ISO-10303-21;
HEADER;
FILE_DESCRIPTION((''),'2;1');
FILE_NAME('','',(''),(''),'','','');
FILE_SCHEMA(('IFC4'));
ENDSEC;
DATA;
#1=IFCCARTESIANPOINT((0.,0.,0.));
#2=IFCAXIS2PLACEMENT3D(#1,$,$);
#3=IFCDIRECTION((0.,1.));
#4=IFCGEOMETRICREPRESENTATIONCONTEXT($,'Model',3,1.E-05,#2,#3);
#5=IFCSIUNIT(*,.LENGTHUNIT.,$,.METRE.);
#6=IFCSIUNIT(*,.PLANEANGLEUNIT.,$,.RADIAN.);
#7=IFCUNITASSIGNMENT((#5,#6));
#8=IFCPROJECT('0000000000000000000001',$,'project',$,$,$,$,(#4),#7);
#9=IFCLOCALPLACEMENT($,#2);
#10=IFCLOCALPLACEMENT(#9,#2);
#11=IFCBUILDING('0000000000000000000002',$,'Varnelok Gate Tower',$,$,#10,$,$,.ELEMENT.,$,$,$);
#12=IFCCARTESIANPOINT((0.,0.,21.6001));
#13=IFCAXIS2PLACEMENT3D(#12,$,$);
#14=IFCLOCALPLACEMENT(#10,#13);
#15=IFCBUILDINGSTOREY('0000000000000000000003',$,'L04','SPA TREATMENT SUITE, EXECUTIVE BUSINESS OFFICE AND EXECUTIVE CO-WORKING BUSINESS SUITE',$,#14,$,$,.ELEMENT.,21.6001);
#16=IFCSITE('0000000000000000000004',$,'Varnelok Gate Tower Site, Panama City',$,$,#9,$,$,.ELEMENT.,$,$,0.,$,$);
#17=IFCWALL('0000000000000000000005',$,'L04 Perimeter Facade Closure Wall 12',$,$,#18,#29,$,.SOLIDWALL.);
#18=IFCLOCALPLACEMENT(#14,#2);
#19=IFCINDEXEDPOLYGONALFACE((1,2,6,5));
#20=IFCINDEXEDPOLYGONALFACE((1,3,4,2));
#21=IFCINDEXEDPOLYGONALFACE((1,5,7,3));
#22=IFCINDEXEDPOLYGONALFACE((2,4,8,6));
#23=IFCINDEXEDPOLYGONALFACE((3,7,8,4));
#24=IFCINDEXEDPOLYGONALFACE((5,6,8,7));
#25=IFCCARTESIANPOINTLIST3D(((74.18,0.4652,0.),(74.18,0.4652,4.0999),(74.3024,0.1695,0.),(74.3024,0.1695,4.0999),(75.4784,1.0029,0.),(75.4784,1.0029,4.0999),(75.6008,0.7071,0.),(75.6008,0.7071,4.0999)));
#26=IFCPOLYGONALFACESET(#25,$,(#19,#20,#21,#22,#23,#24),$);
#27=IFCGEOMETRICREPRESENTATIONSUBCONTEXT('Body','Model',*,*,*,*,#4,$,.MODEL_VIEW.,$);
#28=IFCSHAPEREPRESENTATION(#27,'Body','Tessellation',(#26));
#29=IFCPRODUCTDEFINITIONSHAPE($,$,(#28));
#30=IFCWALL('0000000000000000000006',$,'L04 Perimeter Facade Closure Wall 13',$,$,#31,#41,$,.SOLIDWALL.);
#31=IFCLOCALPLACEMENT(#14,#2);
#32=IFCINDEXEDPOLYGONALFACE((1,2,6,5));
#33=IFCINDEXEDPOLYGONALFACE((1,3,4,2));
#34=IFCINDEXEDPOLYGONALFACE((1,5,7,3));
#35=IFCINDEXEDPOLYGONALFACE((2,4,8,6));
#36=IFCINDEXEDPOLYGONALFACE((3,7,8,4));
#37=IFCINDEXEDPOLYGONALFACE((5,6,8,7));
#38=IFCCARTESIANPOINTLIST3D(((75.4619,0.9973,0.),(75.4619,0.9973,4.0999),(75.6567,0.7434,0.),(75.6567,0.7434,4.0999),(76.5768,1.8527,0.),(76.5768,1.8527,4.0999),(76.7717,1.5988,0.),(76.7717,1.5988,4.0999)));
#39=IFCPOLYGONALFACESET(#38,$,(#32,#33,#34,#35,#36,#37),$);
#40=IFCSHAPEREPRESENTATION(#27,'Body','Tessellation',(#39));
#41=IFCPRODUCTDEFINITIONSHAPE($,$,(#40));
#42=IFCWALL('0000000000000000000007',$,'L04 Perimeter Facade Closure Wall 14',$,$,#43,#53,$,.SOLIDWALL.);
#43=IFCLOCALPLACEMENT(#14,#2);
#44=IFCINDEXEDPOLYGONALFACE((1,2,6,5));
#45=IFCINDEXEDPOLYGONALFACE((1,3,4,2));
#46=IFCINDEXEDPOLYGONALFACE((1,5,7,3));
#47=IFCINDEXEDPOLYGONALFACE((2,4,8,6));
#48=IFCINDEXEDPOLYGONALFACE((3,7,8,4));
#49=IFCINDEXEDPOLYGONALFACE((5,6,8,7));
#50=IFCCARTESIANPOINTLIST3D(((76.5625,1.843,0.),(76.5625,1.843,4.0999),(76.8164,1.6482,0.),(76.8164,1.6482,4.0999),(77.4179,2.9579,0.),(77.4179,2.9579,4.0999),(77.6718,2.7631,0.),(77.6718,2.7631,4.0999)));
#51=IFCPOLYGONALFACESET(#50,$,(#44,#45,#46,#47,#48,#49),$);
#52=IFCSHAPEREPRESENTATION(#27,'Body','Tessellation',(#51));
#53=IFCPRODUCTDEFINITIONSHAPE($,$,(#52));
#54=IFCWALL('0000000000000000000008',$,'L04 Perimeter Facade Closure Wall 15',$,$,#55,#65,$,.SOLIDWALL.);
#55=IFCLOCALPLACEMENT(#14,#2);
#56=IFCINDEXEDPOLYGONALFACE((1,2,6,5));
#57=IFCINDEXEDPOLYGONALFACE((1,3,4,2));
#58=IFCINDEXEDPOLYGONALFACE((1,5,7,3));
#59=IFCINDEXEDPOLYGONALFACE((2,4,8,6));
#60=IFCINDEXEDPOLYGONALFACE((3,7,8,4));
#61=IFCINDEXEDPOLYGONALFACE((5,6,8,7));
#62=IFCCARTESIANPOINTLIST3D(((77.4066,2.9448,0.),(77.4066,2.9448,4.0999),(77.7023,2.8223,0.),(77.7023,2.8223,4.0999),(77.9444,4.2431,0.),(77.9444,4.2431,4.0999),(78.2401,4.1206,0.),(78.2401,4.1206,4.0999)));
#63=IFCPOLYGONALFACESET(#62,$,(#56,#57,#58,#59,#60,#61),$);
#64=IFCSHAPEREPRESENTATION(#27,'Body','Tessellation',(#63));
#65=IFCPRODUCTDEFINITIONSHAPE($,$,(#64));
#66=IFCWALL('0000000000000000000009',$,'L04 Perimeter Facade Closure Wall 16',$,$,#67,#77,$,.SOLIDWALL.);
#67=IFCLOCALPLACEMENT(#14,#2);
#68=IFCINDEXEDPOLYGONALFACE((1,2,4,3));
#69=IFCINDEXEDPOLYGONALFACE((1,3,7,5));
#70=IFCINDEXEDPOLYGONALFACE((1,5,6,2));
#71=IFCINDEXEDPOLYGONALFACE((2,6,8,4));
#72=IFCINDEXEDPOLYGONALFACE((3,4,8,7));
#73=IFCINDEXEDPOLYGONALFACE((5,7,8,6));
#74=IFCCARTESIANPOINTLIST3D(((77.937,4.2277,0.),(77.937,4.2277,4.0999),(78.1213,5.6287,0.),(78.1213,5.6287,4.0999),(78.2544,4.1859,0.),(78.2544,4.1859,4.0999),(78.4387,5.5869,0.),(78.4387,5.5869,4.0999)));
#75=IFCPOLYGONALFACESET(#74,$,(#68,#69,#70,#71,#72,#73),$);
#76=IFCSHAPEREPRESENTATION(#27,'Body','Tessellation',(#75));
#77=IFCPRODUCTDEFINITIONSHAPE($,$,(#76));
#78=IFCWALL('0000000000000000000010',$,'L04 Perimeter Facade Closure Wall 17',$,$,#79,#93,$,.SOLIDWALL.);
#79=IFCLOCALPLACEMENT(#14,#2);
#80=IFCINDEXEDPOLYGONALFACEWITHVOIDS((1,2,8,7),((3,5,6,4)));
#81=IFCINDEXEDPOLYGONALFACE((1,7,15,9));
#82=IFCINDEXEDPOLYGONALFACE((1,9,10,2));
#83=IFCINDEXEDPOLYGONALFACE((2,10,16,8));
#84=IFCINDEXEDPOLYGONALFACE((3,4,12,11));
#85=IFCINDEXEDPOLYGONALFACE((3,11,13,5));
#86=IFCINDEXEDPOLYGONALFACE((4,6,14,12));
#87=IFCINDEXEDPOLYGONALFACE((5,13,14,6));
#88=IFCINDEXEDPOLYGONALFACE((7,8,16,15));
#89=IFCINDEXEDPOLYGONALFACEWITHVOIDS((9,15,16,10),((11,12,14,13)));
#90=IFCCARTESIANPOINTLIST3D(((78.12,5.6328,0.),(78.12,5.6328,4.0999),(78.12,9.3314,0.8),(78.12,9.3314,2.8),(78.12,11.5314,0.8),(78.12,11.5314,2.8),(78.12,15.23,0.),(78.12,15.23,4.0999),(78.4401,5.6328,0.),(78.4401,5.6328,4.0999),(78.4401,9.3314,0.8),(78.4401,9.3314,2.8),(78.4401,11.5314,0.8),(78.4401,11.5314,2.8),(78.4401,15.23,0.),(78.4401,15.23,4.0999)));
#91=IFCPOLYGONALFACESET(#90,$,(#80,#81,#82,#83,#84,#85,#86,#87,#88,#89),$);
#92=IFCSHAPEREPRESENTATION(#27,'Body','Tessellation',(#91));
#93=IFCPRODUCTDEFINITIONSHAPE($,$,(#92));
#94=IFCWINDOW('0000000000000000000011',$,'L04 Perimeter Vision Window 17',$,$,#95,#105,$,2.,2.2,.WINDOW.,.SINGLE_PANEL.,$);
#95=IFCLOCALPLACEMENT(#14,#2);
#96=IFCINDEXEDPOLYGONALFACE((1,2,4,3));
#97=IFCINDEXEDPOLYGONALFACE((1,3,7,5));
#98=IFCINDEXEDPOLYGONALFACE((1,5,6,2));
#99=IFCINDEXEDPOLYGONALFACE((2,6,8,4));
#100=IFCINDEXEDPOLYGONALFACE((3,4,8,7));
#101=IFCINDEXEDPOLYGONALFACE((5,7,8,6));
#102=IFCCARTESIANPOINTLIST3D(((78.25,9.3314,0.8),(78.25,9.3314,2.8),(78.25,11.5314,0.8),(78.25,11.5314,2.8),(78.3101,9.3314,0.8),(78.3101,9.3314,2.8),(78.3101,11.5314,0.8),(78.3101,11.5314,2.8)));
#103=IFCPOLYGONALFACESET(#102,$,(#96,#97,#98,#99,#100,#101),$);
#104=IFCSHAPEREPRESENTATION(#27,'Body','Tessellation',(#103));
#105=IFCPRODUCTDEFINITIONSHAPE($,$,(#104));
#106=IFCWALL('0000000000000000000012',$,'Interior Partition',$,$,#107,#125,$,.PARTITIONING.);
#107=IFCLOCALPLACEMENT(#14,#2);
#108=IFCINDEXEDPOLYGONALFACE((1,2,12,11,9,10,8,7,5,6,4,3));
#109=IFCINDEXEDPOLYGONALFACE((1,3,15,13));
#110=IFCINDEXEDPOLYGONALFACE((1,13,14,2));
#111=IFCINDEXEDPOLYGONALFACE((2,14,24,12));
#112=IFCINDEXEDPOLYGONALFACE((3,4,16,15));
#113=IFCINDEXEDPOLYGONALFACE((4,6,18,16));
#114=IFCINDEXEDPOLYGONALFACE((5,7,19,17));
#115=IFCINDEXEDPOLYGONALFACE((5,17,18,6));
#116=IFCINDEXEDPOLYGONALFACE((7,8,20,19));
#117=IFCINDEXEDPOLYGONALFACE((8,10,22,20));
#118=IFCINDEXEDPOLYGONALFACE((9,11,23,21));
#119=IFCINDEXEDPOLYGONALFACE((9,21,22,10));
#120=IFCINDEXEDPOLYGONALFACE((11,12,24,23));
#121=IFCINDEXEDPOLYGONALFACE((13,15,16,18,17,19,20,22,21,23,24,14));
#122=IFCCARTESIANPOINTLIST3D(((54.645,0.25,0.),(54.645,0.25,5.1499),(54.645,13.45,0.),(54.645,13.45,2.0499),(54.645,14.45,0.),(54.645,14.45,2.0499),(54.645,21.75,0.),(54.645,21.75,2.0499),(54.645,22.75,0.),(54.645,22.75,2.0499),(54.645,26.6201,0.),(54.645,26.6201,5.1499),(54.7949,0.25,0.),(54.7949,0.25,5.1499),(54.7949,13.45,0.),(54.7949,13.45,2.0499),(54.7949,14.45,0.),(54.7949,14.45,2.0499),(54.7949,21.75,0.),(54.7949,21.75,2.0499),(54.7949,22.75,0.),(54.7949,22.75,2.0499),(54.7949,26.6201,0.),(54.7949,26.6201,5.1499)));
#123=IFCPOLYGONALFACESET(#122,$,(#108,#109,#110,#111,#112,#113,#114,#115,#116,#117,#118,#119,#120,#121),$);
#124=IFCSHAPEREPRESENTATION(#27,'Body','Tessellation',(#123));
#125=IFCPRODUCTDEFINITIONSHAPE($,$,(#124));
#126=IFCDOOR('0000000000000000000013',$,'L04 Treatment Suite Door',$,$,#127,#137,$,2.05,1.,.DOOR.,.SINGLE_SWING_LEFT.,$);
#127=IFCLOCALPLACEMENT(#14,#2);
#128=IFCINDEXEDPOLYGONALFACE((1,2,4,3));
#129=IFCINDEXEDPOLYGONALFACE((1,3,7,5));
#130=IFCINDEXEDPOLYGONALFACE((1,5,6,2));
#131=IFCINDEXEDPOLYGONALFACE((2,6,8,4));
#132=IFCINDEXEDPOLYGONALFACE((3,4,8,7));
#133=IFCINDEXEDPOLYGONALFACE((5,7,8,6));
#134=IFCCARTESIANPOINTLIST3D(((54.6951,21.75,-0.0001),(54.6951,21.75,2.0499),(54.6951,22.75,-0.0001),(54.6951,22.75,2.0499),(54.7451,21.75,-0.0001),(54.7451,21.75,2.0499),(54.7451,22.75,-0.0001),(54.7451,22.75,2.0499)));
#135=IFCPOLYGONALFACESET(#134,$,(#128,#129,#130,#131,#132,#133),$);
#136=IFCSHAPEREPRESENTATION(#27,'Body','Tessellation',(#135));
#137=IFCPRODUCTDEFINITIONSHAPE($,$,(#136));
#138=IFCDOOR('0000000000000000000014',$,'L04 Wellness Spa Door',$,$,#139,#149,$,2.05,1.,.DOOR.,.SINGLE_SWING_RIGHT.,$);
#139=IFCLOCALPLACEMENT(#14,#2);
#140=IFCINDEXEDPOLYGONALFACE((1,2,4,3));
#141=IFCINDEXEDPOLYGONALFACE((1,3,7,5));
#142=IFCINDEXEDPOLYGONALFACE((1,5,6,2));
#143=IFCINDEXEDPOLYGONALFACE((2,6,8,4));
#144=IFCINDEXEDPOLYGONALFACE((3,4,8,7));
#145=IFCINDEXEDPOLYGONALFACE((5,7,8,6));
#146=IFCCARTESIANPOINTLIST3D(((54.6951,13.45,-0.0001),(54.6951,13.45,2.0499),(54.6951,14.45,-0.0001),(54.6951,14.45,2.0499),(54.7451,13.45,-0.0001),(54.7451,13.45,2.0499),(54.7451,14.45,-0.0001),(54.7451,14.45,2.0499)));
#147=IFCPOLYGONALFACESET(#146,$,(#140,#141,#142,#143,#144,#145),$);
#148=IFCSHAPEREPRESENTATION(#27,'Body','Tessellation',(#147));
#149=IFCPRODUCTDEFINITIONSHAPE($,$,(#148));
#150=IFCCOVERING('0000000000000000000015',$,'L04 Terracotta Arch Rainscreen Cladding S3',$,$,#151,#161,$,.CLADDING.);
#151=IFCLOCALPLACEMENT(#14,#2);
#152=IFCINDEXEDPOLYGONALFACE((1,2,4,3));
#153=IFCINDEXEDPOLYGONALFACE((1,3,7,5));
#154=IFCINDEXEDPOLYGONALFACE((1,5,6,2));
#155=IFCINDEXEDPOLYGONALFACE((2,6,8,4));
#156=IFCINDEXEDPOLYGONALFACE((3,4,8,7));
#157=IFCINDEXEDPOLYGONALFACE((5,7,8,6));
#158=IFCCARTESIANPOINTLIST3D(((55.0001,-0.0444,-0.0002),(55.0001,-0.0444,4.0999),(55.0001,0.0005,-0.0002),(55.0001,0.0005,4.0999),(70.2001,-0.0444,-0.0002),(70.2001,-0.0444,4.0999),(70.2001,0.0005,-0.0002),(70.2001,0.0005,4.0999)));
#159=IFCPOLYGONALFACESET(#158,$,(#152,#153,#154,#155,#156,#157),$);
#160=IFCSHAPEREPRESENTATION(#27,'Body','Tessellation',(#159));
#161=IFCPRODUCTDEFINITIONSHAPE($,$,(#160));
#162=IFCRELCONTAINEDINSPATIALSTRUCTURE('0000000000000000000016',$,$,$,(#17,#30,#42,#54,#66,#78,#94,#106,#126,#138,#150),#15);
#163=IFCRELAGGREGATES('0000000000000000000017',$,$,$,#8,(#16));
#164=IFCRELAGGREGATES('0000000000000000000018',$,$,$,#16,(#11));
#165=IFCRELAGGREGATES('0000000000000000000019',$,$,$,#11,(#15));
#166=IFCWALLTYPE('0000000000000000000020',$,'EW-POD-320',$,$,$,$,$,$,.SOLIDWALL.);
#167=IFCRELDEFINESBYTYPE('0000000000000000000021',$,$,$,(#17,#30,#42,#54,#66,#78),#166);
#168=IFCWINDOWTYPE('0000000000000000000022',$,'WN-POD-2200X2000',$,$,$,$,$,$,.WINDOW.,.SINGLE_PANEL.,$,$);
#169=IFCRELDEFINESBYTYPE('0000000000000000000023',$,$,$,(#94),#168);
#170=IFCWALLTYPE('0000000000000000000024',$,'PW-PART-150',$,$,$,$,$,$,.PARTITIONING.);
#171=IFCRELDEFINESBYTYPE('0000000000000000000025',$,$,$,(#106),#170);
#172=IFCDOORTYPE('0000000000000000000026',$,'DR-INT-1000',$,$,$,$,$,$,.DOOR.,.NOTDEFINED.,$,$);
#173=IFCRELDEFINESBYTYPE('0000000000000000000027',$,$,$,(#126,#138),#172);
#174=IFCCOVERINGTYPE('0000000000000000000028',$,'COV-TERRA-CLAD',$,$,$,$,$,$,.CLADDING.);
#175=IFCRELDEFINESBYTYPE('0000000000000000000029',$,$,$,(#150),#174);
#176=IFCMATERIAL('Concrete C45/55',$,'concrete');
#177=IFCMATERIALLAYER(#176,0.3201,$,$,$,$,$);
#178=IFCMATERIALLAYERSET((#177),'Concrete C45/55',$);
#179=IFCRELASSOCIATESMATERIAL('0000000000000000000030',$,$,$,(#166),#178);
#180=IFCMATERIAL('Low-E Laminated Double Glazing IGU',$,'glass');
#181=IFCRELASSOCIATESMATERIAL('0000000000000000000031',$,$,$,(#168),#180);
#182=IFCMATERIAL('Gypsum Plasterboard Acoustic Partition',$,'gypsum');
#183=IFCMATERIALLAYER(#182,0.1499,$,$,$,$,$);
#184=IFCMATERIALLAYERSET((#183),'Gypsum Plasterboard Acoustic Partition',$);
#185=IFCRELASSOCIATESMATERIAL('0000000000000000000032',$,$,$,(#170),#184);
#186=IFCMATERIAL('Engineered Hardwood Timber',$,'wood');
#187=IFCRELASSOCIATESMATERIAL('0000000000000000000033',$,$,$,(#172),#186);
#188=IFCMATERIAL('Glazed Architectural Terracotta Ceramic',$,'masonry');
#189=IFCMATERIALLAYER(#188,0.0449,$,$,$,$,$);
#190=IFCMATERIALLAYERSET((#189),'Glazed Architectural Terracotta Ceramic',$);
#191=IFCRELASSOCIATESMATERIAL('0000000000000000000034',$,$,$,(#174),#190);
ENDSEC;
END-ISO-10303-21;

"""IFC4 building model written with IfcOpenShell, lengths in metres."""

from ifc_helpers import new_model, si_unit, direction, frame, frame_2d, origin, origin_2d, place, context, subcontext, project, spatial, rectangle, extrude, source, transform, mapped, material, layer, layer_set, type_object, element, fill, save


model = new_model("IFC4")

# Units and contexts
model_context = context("Model", 3, precision=1e-05, world=origin(), true_north=direction((0.0, 1.0)))
body_context = subcontext(model_context, "Body", "Model", "MODEL_VIEW")
ifc_project = project(units=[si_unit("LENGTHUNIT", "METRE"), si_unit("PLANEANGLEUNIT", "RADIAN")], contexts=[model_context])

# Site, building, storey
site_placement = place(None, origin())
site = spatial("IfcSite", under=ifc_project, at=site_placement, Name="Varnelok Gate Tower Site, Panama City", CompositionType="ELEMENT", RefElevation=0.0)
building_placement = place(site_placement, origin())
building = spatial("IfcBuilding", under=site, at=building_placement, Name="Varnelok Gate Tower", CompositionType="ELEMENT")
storey_placement = place(building_placement, frame((0.0, 0.0, 21.6001)))
storey = spatial("IfcBuildingStorey", under=building, at=storey_placement, Name="L04", Description="SPA TREATMENT SUITE, EXECUTIVE BUSINESS OFFICE AND EXECUTIVE CO-WORKING BUSINESS SUITE", CompositionType="ELEMENT", Elevation=21.6001)

# Shared definitions
ifc_material_1 = material(Name="Concrete C45/55", Category="concrete")
ifc_layer_1 = layer(ifc_material_1, 0.3201)
ifc_layer_set_1 = layer_set([ifc_layer_1], Name="Concrete C45/55")
wall_type_1 = type_object("IfcWallType", Name="EW-POD-320", PredefinedType="SOLIDWALL", material=ifc_layer_set_1)
ifc_material_2 = material(Name="Low-E Laminated Double Glazing IGU", Category="glass")

# Walls
for number, where, z_axis, x_axis, name in (
    (1, (74.2412, 0.3174, 0.0), (0.0, 0.0, 1.0), (0.923928, 0.382567, 0.0), "L04 Perimeter Facade Closure Wall 12"),
    (2, (75.5593, 0.8704, 0.0), (0.0, 0.0, 1.0), (0.793385, 0.60872, 0.0), "L04 Perimeter Facade Closure Wall 13"),
    (3, (76.6895, 1.7456, 0.0), (0.0, 0.0, 1.0), (0.60872, 0.793385, 0.0), "L04 Perimeter Facade Closure Wall 14"),
    (4, (77.5544, 2.8835, 0.0), (0.0, 0.0, 1.0), (0.382715, 0.923866, 0.0), "L04 Perimeter Facade Closure Wall 15"),
):
    element("IfcWall", number, at=place(storey_placement, frame(where, z_axis=z_axis, x_axis=x_axis)), inside=storey, type_object=wall_type_1, Name=name, PredefinedType="SOLIDWALL", context=body_context, shape_type="SweptSolid", body=[
        extrude(rectangle(XDim=1.4053, YDim=0.3201, at=frame_2d((0.7026, 0.0))), origin(), (0.0, 0.0, 1.0), 4.0999),
    ])
wall_1_placement = place(storey_placement, frame((78.0957, 4.2068, 0.0), z_axis=(0.0, 0.0, 1.0), x_axis=(0.130432, 0.991457, 0.0)))
element("IfcWall", 5, at=wall_1_placement, inside=storey, type_object=wall_type_1, Name="L04 Perimeter Facade Closure Wall 16", PredefinedType="SOLIDWALL", context=body_context, shape_type="SweptSolid", body=[
    extrude(rectangle(XDim=1.4131, YDim=0.3201, at=frame_2d((0.7065, 0.0))), origin(), (0.0, 0.0, 1.0), 4.0999),
])

# Wall, opening, window
wall_2_placement = place(storey_placement, frame((78.28, 5.6328, 0.0), z_axis=(0.0, 0.0, 1.0), x_axis=(0.0, 1.0, 0.0)))
wall_2 = element("IfcWall", 6, at=wall_2_placement, inside=storey, type_object=wall_type_1, Name="L04 Perimeter Facade Closure Wall 17", PredefinedType="SOLIDWALL", context=body_context, shape_type="SweptSolid", body=[
    extrude(rectangle(XDim=9.5972, YDim=0.3201, at=frame_2d((4.7986, 0.0))), origin(), (0.0, 0.0, 1.0), 4.0999),
])
opening_1_placement = place(wall_2_placement, frame((3.6985, 0.0, 0.8)))
opening_1 = element("IfcOpeningElement", 7, at=opening_1_placement, cuts=wall_2, PredefinedType="OPENING", context=body_context, shape_type="SweptSolid", body=[
    extrude(rectangle(XDim=2.2, YDim=2.0, at=frame_2d((1.1001, 1.0))), frame((0.0, 0.1699, 0.0), z_axis=(0.0, -1.0, 0.0), x_axis=(1.0, 0.0, 0.0)), (0.0, 0.0, 1.0), 0.3401),
])
window_type_1 = type_object("IfcWindowType", Name="WN-POD-2200X2000", PartitioningType="SINGLE_PANEL", PredefinedType="WINDOW", material=ifc_material_2)
window_1_placement = place(opening_1_placement, origin())
window_1 = element("IfcWindow", 8, at=window_1_placement, inside=storey, type_object=window_type_1, Name="L04 Perimeter Vision Window 17", OverallHeight=2.0, OverallWidth=2.2, PartitioningType="SINGLE_PANEL", PredefinedType="WINDOW", context=body_context, shape_type="SweptSolid", body=[
    extrude(rectangle(XDim=2.2, YDim=2.0, at=frame_2d((1.1001, 1.0))), frame((0.0, 0.03, 0.0), z_axis=(0.0, -1.0, 0.0), x_axis=(1.0, 0.0, 0.0)), (0.0, 0.0, 1.0), 0.0601),
])
fill(opening_1, window_1)

# Wall, openings, doors
ifc_material_3 = material(Name="Gypsum Plasterboard Acoustic Partition", Category="gypsum")
ifc_layer_2 = layer(ifc_material_3, 0.1499)
ifc_layer_set_2 = layer_set([ifc_layer_2], Name="Gypsum Plasterboard Acoustic Partition")
wall_type_2 = type_object("IfcWallType", Name="PW-PART-150", PredefinedType="PARTITIONING", material=ifc_layer_set_2)
wall_3_placement = place(storey_placement, frame((54.72, 0.25, 0.0), z_axis=(0.0, 0.0, 1.0), x_axis=(0.0, 1.0, 0.0)))
wall_3 = element("IfcWall", 9, at=wall_3_placement, inside=storey, type_object=wall_type_2, Name="Interior Partition", PredefinedType="PARTITIONING", context=body_context, shape_type="SweptSolid", body=[
    extrude(rectangle(XDim=26.3701, YDim=0.1499, at=frame_2d((13.1851, 0.0))), origin(), (0.0, 0.0, 1.0), 5.1499),
])
opening_2_placement = place(wall_3_placement, frame((21.5, 0.0, 0.0)))
opening_2 = element("IfcOpeningElement", 10, at=opening_2_placement, cuts=wall_3, PredefinedType="OPENING", context=body_context, shape_type="SweptSolid", body=[
    extrude(rectangle(XDim=1.0, YDim=2.05, at=frame_2d((0.5, 1.0249))), frame((0.0, 0.085, 0.0), z_axis=(0.0, -1.0, 0.0), x_axis=(1.0, 0.0, 0.0)), (0.0, 0.0, 1.0), 0.1699),
])
opening_3_placement = place(wall_3_placement, frame((13.2, 0.0, 0.0)))
opening_3 = element("IfcOpeningElement", 11, at=opening_3_placement, cuts=wall_3, PredefinedType="OPENING", context=body_context, shape_type="SweptSolid", body=[
    extrude(rectangle(XDim=1.0, YDim=2.05, at=frame_2d((0.5, 1.0249))), frame((0.0, 0.085, 0.0), z_axis=(0.0, -1.0, 0.0), x_axis=(1.0, 0.0, 0.0)), (0.0, 0.0, 1.0), 0.1699),
])
ifc_material_4 = material(Name="Engineered Hardwood Timber", Category="wood")
door_type = type_object("IfcDoorType", Name="DR-INT-1000", OperationType="NOTDEFINED", PredefinedType="DOOR", material=ifc_material_4)
door_1_placement = place(opening_2_placement, origin())
door_1 = element("IfcDoor", 12, at=door_1_placement, inside=storey, type_object=door_type, Name="L04 Treatment Suite Door", OperationType="SINGLE_SWING_LEFT", OverallHeight=2.05, OverallWidth=1.0, PredefinedType="DOOR", context=body_context, shape_type="SweptSolid", body=[
    extrude(rectangle(XDim=1.0, YDim=2.05, at=frame_2d((0.5, 1.0249))), frame((0.0, 0.0249, 0.0), z_axis=(0.0, -1.0, 0.0), x_axis=(1.0, 0.0, 0.0)), (0.0, 0.0, 1.0), 0.05),
])
fill(opening_2, door_1)
door_2_placement = place(opening_3_placement, origin())
door_2 = element("IfcDoor", 13, at=door_2_placement, inside=storey, type_object=door_type, Name="L04 Wellness Spa Door", OperationType="SINGLE_SWING_RIGHT", OverallHeight=2.05, OverallWidth=1.0, PredefinedType="DOOR", context=body_context, shape_type="SweptSolid", body=[
    extrude(rectangle(XDim=1.0, YDim=2.05, at=frame_2d((0.5, 1.0249))), frame((0.0, 0.0249, 0.0), z_axis=(0.0, -1.0, 0.0), x_axis=(1.0, 0.0, 0.0)), (0.0, 0.0, 1.0), 0.05),
])
fill(opening_3, door_2)

# Covering
ifc_material_5 = material(Name="Glazed Architectural Terracotta Ceramic", Category="masonry")
ifc_layer_3 = layer(ifc_material_5, 0.0449)
ifc_layer_set_3 = layer_set([ifc_layer_3], Name="Glazed Architectural Terracotta Ceramic")
covering_type = type_object("IfcCoveringType", Name="COV-TERRA-CLAD", PredefinedType="CLADDING", material=ifc_layer_set_3)
shared_shape = source(origin(), body_context, "Body", "SweptSolid", [
    extrude(rectangle(XDim=15.2, YDim=0.0449, at=origin_2d()), origin(), (0.0, 0.0, 1.0), 4.1001),
])
covering_placement = place(storey_placement, frame((62.6001, -0.022, -0.0002), z_axis=(0.0, 0.0, 1.0), x_axis=(1.0, 0.0, 0.0)))
element("IfcCovering", 14, at=covering_placement, inside=storey, type_object=covering_type, Name="L04 Terracotta Arch Rainscreen Cladding S3", PredefinedType="CLADDING", context=body_context, shape_type="MappedRepresentation", body=[
    mapped(shared_shape, transform((0.0, 0.0, 0.0), scale=1.0)),
])

save(model, "model.ifc")
